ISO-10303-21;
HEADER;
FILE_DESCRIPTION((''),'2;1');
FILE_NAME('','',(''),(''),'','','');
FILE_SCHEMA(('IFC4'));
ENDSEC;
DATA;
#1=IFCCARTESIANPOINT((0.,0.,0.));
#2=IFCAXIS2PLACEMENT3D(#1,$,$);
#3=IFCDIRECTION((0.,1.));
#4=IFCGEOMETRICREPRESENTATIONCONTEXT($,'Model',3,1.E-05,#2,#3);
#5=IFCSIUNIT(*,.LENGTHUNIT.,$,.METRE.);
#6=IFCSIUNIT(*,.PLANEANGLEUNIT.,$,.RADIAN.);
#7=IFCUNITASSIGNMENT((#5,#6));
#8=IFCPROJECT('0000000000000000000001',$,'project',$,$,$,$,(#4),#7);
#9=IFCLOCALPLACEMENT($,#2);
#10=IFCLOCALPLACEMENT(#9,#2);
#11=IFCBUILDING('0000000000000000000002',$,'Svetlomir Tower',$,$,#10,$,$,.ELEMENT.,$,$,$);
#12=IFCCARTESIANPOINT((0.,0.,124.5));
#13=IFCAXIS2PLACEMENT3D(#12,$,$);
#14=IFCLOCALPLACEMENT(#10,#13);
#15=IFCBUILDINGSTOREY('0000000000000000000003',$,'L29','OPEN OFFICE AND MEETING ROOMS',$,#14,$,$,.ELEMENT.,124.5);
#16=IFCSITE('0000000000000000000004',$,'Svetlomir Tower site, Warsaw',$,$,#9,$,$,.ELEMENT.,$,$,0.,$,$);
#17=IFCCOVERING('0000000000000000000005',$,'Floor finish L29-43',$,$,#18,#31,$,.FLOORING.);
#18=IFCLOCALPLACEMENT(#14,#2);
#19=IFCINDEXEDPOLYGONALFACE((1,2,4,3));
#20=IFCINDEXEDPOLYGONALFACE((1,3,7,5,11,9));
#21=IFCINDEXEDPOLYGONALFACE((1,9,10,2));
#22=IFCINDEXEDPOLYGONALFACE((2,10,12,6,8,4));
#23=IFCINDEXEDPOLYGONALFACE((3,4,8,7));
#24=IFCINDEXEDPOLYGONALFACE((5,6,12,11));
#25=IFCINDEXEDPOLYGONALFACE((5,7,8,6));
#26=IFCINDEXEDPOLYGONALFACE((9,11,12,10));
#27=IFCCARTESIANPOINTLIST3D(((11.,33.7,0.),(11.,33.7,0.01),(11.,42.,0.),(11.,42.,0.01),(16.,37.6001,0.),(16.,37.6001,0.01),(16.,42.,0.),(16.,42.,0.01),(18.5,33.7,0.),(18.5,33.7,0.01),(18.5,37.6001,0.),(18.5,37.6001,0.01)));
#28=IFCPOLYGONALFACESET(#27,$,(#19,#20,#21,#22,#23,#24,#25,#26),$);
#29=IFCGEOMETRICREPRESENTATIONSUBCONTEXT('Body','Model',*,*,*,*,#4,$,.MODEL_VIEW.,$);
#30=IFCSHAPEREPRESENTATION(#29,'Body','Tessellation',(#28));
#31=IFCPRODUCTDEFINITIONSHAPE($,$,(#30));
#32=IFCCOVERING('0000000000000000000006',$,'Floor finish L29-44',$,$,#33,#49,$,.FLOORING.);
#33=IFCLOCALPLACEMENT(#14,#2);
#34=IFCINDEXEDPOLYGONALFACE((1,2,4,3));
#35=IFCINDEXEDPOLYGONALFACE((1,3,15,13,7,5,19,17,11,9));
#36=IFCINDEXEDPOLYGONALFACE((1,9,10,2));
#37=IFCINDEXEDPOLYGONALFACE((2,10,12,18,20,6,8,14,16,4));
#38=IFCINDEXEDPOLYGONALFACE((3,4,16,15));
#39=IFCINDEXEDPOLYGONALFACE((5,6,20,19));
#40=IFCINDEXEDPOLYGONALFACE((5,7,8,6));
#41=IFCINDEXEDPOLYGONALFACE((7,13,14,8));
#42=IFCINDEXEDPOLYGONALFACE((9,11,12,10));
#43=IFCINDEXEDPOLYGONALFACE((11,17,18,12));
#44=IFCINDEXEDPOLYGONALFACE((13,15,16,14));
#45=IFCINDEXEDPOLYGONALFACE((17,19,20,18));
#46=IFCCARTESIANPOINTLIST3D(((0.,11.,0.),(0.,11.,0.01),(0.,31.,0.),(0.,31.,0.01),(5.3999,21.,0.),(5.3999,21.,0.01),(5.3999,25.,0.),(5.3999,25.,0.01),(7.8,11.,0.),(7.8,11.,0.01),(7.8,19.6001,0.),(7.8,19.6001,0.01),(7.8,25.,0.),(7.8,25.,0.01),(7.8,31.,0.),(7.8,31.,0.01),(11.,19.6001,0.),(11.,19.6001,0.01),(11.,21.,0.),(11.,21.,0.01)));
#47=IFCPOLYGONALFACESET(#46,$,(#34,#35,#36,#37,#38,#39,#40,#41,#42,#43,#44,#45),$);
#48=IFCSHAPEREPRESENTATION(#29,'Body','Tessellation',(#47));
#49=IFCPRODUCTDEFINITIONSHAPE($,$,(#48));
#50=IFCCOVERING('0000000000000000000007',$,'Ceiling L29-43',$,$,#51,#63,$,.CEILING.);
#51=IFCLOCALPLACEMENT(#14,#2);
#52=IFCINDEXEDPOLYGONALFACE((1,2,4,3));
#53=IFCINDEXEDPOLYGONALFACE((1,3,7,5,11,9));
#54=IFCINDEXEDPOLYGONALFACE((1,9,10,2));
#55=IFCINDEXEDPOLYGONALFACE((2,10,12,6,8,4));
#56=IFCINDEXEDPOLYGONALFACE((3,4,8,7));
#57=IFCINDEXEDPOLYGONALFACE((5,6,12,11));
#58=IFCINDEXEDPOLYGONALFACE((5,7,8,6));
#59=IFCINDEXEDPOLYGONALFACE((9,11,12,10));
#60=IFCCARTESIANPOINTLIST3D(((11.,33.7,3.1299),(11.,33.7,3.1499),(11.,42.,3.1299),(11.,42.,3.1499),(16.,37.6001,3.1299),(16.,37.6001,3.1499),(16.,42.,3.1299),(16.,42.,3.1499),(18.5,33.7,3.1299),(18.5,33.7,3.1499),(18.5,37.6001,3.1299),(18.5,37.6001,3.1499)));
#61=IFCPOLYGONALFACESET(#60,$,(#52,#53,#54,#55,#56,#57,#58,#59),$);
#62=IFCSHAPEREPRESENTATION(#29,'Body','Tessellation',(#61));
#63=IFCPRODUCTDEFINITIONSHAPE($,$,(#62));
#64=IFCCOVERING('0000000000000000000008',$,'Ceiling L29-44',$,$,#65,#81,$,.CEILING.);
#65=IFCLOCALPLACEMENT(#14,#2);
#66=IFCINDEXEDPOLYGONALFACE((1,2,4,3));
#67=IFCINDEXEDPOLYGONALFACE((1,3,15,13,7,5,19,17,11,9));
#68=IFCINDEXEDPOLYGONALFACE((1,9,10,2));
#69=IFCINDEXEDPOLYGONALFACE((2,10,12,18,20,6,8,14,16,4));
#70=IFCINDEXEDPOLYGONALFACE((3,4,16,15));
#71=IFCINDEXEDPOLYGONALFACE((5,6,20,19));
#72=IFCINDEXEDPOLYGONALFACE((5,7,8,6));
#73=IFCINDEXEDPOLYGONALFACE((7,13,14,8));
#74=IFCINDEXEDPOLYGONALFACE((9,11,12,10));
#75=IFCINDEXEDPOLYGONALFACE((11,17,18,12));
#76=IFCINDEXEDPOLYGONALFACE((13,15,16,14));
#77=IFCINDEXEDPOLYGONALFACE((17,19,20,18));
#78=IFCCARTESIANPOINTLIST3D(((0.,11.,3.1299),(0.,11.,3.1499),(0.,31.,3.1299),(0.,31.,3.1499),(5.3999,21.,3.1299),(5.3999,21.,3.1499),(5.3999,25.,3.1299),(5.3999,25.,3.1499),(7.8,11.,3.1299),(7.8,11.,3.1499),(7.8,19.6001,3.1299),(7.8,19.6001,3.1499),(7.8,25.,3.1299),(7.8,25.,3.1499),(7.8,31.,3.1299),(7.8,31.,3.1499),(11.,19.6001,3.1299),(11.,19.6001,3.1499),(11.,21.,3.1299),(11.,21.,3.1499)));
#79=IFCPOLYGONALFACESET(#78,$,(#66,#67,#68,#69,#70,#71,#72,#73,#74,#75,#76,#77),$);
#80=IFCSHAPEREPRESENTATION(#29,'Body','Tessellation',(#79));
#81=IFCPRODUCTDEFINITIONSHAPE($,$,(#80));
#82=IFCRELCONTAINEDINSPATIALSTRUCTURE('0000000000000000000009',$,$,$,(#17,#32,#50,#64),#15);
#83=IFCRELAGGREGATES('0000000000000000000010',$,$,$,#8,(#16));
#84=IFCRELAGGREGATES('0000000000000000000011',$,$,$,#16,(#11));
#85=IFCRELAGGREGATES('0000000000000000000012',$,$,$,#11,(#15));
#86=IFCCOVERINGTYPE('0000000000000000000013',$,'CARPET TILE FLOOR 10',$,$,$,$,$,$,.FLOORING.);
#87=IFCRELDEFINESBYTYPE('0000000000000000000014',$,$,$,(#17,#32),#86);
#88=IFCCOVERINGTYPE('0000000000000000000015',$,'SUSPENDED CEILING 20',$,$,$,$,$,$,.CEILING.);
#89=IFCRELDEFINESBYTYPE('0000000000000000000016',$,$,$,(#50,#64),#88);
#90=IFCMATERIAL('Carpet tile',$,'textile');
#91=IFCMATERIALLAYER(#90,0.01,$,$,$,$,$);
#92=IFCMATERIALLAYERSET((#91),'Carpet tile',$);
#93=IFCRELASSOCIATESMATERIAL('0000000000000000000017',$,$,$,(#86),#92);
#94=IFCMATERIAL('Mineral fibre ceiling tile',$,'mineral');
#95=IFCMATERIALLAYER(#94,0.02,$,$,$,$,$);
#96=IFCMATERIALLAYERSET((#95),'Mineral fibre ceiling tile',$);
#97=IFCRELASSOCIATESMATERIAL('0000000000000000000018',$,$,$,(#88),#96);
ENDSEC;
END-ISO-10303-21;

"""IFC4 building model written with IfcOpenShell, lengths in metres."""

from ifc_helpers import new_model, si_unit, direction, frame, origin, place, context, subcontext, project, spatial, polyline, outline, extrude, material, layer, layer_set, type_object, element, save


model = new_model("IFC4")

# Units and contexts
model_context = context("Model", 3, precision=1e-05, world=origin(), true_north=direction((0.0, 1.0)))
body_context = subcontext(model_context, "Body", "Model", "MODEL_VIEW")
ifc_project = project(units=[si_unit("LENGTHUNIT", "METRE"), si_unit("PLANEANGLEUNIT", "RADIAN")], contexts=[model_context])

# Site, building, storey
site_placement = place(None, origin())
site = spatial("IfcSite", under=ifc_project, at=site_placement, Name="Svetlomir Tower site, Warsaw", CompositionType="ELEMENT", RefElevation=0.0)
building_placement = place(site_placement, origin())
building = spatial("IfcBuilding", under=site, at=building_placement, Name="Svetlomir Tower", CompositionType="ELEMENT")
storey_placement = place(building_placement, frame((0.0, 0.0, 124.5)))
storey = spatial("IfcBuildingStorey", under=building, at=storey_placement, Name="L29", Description="OPEN OFFICE AND MEETING ROOMS", CompositionType="ELEMENT", Elevation=124.5)

# Coverings
ifc_material_1 = material(Name="Carpet tile", Category="textile")
ifc_layer_1 = layer(ifc_material_1, 0.01)
ifc_layer_set_1 = layer_set([ifc_layer_1], Name="Carpet tile")
covering_type_1 = type_object("IfcCoveringType", Name="CARPET TILE FLOOR 10", PredefinedType="FLOORING", material=ifc_layer_set_1)
covering_1_placement = place(storey_placement, origin())
element("IfcCovering", 1, at=covering_1_placement, inside=storey, type_object=covering_type_1, Name="Floor finish L29-43", PredefinedType="FLOORING", context=body_context, shape_type="SweptSolid", body=[
    extrude(outline(polyline([(11.0, 33.7), (11.0, 42.0), (16.0, 42.0), (16.0, 37.6001), (18.5, 37.6001), (18.5, 33.7), (11.0, 33.7)])), origin(), (0.0, 0.0, 1.0), 0.01),
])
covering_2_placement = place(storey_placement, origin())
element("IfcCovering", 2, at=covering_2_placement, inside=storey, type_object=covering_type_1, Name="Floor finish L29-44", PredefinedType="FLOORING", context=body_context, shape_type="SweptSolid", body=[
    extrude(outline(polyline([(7.8, 31.0), (7.8, 25.0), (5.3999, 25.0), (5.3999, 21.0), (11.0, 21.0), (11.0, 19.6001), (7.8, 19.6001), (7.8, 11.0), (0.0, 11.0), (0.0, 31.0), (7.8, 31.0)])), origin(), (0.0, 0.0, 1.0), 0.01),
])
ifc_material_2 = material(Name="Mineral fibre ceiling tile", Category="mineral")
ifc_layer_2 = layer(ifc_material_2, 0.02)
ifc_layer_set_2 = layer_set([ifc_layer_2], Name="Mineral fibre ceiling tile")
covering_type_2 = type_object("IfcCoveringType", Name="SUSPENDED CEILING 20", PredefinedType="CEILING", material=ifc_layer_set_2)
covering_3_placement = place(storey_placement, frame((0.0, 0.0, 3.1299)))
element("IfcCovering", 3, at=covering_3_placement, inside=storey, type_object=covering_type_2, Name="Ceiling L29-43", PredefinedType="CEILING", context=body_context, shape_type="SweptSolid", body=[
    extrude(outline(polyline([(11.0, 33.7), (11.0, 42.0), (16.0, 42.0), (16.0, 37.6001), (18.5, 37.6001), (18.5, 33.7), (11.0, 33.7)])), origin(), (0.0, 0.0, 1.0), 0.02),
])
covering_4_placement = place(storey_placement, frame((0.0, 0.0, 3.1299)))
element("IfcCovering", 4, at=covering_4_placement, inside=storey, type_object=covering_type_2, Name="Ceiling L29-44", PredefinedType="CEILING", context=body_context, shape_type="SweptSolid", body=[
    extrude(outline(polyline([(7.8, 31.0), (7.8, 25.0), (5.3999, 25.0), (5.3999, 21.0), (11.0, 21.0), (11.0, 19.6001), (7.8, 19.6001), (7.8, 11.0), (0.0, 11.0), (0.0, 31.0), (7.8, 31.0)])), origin(), (0.0, 0.0, 1.0), 0.02),
])

save(model, "model.ifc")
